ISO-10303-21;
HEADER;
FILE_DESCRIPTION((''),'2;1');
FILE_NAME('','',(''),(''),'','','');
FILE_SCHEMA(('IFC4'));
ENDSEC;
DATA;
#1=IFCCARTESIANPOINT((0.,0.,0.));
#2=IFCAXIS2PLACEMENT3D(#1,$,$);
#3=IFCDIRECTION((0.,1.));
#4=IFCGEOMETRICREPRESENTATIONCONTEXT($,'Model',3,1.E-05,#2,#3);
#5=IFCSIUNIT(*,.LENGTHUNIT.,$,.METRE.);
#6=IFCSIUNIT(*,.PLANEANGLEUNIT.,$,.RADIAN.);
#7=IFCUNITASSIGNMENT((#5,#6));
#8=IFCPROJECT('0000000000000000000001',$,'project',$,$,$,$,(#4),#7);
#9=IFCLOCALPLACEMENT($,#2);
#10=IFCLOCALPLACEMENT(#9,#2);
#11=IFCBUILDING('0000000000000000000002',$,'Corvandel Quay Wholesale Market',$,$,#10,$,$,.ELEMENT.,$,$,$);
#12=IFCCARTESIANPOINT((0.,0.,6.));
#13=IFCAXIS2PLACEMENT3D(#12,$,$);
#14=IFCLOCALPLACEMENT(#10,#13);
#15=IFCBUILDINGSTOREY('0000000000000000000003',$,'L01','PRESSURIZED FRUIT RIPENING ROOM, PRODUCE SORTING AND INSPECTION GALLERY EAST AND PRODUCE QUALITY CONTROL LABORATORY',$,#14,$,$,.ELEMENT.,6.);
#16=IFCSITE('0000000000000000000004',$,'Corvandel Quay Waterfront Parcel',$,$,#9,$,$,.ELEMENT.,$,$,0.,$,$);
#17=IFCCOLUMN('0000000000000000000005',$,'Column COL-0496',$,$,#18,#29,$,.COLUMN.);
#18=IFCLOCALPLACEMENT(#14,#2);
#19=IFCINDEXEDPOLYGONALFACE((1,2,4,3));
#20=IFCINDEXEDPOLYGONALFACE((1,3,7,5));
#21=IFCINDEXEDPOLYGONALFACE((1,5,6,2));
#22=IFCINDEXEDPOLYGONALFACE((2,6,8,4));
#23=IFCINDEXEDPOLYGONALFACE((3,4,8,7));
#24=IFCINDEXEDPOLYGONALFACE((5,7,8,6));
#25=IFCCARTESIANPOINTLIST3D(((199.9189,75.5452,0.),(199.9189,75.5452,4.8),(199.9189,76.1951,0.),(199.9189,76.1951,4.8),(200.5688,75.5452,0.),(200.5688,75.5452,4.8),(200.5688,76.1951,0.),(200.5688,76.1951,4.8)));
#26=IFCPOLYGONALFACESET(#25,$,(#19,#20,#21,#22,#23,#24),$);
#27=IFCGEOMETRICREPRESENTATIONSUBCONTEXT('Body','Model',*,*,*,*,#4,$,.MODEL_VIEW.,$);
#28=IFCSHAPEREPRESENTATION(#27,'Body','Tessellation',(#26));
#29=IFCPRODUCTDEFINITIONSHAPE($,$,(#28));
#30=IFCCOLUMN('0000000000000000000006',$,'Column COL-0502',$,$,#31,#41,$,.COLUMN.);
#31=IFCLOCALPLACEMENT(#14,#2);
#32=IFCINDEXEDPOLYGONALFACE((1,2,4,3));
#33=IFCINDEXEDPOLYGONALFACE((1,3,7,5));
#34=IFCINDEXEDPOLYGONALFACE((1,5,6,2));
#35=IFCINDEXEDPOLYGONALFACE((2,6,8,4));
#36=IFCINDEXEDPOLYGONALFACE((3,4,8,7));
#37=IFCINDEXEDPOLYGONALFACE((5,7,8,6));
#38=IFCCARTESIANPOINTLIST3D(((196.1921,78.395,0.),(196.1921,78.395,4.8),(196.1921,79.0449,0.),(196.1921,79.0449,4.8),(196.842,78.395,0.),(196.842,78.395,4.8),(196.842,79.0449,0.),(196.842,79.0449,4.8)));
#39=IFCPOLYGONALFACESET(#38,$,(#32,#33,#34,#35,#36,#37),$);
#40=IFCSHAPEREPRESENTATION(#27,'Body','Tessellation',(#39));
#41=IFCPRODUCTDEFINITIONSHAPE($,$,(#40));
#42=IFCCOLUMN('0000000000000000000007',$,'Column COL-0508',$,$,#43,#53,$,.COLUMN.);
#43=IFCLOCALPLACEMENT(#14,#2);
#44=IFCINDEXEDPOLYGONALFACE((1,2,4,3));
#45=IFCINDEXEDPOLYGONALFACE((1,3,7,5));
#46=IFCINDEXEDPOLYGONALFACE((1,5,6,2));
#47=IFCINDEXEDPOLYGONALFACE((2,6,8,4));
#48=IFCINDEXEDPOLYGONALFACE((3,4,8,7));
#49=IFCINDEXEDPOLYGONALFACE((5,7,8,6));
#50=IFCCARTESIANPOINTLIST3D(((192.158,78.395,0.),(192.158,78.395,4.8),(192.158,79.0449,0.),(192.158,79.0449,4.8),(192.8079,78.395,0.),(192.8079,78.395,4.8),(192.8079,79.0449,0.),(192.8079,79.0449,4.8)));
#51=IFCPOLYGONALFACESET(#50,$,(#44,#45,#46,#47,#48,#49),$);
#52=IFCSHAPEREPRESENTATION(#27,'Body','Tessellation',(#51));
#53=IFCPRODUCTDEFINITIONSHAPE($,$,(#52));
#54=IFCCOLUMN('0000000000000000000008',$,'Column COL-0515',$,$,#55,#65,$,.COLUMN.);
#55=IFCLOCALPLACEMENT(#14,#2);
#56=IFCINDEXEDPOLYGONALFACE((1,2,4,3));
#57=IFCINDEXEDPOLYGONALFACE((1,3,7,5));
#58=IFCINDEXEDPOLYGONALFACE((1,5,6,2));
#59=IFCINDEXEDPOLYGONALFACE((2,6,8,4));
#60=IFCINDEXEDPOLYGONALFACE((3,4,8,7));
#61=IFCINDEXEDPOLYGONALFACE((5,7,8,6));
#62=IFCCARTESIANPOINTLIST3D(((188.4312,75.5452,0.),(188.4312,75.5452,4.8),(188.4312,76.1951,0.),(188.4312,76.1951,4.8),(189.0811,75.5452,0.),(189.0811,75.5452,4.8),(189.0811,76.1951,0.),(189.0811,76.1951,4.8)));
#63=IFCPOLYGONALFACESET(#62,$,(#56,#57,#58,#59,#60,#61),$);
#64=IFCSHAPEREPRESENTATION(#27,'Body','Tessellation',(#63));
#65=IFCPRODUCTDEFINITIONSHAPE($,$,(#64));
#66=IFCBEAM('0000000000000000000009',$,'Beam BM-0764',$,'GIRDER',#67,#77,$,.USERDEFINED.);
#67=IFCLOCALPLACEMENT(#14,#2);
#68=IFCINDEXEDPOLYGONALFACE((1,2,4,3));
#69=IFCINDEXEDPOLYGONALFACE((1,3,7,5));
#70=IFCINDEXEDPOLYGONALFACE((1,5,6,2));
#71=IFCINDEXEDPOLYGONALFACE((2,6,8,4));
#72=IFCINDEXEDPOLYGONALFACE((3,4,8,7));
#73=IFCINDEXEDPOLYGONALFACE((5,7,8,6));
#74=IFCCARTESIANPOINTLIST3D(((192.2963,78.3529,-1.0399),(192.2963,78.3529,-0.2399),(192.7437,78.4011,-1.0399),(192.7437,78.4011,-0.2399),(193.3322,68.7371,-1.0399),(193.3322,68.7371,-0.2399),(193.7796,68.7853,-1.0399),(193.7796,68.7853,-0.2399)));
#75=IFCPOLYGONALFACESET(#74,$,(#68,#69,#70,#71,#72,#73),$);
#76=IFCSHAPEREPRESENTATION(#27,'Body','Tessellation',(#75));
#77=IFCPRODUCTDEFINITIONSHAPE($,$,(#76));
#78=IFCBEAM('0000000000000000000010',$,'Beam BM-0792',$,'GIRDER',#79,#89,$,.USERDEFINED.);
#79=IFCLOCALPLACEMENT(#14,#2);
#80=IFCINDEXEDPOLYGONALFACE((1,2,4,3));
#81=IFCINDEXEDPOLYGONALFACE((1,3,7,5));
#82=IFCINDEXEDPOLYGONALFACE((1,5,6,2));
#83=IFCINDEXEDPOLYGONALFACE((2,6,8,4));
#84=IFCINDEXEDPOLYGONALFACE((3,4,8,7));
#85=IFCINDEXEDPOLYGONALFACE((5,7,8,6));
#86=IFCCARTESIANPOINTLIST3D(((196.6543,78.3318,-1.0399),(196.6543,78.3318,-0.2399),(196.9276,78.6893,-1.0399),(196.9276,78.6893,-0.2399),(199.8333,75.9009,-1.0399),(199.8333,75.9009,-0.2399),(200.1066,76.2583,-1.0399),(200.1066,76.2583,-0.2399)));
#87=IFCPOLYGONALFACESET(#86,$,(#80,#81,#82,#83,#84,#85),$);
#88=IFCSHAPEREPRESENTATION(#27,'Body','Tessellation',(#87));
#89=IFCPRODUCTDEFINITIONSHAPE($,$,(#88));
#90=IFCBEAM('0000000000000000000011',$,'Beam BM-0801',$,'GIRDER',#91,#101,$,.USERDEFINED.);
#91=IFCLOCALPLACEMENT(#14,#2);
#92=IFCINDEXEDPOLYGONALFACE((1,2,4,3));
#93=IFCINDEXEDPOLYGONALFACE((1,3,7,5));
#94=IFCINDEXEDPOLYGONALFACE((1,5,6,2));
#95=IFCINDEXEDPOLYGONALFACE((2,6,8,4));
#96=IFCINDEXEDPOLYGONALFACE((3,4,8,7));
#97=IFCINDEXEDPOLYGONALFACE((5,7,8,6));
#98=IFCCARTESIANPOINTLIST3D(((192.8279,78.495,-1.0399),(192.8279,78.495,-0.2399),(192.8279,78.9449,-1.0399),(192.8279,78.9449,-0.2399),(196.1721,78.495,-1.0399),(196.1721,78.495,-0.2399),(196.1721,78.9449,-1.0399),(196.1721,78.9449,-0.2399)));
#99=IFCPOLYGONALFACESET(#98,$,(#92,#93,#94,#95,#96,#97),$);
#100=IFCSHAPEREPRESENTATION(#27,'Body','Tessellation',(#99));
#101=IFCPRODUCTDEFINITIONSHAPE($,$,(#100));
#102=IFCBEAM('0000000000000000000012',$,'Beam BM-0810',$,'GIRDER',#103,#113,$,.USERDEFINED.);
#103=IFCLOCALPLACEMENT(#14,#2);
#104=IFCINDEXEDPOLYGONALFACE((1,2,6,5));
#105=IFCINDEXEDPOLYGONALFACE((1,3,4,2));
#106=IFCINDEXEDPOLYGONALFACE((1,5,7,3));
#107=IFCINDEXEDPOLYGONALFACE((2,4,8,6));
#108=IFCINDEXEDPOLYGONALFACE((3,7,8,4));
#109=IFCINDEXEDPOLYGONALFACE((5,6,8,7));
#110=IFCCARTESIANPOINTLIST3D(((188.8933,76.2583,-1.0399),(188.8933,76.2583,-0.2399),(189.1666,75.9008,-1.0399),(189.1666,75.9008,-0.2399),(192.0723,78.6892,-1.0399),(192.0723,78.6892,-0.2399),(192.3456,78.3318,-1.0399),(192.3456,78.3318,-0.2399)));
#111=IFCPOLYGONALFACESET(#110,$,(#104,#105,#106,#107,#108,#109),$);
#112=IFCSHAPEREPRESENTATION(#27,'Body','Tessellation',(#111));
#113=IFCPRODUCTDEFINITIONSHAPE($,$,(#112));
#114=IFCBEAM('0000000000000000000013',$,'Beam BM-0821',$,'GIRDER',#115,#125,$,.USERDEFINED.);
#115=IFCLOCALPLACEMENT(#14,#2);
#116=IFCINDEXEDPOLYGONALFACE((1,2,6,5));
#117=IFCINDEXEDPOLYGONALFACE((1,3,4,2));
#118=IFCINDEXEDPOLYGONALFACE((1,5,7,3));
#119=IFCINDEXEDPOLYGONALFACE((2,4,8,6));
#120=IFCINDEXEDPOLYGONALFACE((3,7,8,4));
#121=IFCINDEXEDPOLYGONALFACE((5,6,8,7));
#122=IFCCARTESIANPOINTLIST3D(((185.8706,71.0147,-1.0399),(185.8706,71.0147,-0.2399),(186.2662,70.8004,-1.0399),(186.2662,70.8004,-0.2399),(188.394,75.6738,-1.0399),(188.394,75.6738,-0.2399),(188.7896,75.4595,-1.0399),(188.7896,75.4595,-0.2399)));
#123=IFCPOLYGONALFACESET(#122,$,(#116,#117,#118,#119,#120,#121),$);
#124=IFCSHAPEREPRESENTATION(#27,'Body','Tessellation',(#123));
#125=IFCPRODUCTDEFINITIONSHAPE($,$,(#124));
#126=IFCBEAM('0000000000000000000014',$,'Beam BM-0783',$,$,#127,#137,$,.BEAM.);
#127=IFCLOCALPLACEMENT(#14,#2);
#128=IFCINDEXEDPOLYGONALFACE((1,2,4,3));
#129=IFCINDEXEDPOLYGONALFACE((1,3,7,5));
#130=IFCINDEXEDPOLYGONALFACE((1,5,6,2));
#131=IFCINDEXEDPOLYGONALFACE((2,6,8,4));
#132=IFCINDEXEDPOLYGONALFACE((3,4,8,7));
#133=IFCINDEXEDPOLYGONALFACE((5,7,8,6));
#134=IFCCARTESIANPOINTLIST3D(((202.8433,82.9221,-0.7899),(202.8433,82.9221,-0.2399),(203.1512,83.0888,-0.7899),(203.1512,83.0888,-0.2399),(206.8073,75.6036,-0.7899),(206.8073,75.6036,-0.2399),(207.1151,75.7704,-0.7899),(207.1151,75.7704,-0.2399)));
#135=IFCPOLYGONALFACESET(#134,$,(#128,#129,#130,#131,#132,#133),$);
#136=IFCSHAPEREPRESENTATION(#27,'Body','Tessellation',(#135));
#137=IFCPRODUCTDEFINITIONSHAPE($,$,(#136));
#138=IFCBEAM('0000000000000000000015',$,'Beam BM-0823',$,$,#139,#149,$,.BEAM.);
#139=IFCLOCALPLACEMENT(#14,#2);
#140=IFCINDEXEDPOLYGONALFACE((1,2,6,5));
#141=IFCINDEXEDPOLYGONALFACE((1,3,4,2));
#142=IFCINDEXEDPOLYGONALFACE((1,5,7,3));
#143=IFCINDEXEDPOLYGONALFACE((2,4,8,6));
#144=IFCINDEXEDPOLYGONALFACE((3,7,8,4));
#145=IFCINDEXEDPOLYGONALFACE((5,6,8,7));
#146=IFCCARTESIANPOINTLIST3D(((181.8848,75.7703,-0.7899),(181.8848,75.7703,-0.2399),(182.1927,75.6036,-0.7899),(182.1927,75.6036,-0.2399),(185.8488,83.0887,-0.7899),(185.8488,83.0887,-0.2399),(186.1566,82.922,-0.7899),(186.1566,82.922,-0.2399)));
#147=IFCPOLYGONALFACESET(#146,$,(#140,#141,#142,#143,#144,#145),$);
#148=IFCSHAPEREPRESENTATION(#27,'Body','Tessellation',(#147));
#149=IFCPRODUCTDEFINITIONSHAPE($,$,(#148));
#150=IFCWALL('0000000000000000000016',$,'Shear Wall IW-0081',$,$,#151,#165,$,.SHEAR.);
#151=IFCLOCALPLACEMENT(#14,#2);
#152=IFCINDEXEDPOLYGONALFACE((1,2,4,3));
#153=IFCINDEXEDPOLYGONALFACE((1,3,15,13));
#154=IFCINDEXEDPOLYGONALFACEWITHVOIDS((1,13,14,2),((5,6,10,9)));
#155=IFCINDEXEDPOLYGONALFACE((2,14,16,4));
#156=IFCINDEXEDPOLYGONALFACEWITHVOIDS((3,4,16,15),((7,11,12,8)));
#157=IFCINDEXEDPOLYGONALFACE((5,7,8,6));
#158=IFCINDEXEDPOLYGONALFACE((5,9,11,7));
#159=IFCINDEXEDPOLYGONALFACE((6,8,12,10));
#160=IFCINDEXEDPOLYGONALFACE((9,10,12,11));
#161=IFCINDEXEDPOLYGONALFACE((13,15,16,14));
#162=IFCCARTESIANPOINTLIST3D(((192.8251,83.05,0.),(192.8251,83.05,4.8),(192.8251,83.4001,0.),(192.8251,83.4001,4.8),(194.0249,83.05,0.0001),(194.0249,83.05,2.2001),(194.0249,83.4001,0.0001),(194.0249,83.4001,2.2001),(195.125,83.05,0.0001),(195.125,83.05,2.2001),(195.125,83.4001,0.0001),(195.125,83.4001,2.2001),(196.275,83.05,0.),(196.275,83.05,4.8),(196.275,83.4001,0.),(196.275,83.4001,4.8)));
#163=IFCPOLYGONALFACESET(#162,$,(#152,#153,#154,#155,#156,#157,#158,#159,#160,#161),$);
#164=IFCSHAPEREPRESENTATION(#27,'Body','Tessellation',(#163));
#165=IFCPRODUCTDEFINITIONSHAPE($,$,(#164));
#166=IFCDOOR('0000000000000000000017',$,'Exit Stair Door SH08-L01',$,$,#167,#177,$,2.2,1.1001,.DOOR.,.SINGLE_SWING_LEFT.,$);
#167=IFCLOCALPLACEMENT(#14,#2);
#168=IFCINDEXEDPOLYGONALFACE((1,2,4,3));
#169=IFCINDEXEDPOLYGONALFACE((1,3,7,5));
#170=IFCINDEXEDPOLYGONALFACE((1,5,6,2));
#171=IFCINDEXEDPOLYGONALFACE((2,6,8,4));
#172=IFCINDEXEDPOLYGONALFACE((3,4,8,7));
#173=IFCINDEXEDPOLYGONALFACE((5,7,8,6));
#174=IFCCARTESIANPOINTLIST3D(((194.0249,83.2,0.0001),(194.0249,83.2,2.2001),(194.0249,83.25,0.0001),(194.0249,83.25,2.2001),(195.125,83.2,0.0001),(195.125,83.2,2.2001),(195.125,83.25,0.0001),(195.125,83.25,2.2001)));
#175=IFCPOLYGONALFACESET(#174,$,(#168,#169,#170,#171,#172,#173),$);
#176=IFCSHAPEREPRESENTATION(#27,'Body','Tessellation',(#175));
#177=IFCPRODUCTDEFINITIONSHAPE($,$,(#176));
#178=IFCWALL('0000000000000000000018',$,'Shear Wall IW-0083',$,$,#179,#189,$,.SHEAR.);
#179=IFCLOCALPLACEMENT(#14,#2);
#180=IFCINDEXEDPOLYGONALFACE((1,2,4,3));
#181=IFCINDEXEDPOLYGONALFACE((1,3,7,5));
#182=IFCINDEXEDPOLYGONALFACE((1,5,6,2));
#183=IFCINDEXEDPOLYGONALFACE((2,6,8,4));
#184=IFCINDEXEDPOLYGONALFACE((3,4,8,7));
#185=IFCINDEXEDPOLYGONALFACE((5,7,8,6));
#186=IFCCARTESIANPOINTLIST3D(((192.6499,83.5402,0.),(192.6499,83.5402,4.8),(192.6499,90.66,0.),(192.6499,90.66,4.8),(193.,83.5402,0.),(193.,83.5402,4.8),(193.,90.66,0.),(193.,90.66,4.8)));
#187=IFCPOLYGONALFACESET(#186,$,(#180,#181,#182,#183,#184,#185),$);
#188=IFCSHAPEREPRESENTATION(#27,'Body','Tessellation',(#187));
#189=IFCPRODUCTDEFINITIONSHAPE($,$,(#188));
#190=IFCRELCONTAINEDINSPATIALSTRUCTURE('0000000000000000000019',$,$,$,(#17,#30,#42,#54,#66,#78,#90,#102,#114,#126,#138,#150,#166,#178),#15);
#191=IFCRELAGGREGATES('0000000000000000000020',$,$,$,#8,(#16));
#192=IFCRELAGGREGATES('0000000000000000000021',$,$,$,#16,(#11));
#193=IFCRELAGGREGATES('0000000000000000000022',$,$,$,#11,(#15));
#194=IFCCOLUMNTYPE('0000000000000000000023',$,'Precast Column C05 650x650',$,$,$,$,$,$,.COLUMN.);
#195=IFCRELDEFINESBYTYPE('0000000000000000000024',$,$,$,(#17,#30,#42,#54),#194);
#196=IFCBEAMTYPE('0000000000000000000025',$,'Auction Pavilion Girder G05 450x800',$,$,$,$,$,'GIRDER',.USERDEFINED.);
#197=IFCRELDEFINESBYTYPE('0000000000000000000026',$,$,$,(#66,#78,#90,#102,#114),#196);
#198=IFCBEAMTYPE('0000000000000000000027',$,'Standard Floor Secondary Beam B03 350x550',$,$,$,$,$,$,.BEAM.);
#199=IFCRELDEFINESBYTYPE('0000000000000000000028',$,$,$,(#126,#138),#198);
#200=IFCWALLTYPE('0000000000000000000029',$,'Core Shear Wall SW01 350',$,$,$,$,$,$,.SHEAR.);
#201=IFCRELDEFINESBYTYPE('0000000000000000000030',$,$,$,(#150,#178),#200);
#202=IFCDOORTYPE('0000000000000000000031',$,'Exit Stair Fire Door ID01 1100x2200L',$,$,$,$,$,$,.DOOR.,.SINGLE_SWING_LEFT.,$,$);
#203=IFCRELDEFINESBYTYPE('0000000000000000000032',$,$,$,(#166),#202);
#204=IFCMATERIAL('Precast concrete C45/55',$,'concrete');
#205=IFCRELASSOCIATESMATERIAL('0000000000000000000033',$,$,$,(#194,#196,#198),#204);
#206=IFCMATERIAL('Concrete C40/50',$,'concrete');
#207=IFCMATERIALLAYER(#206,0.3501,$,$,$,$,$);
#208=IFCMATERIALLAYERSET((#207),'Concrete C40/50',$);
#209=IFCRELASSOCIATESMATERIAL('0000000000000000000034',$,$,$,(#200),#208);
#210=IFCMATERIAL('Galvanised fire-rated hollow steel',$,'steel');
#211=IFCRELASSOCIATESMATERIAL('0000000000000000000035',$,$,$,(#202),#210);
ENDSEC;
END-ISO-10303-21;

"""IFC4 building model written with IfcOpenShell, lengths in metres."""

from ifc_helpers import new_model, si_unit, direction, frame, frame_2d, origin, origin_2d, place, context, subcontext, project, spatial, rectangle, extrude, material, layer, layer_set, material_profile, profile_set, type_object, element, fill, save


model = new_model("IFC4")

# Units and contexts
model_context = context("Model", 3, precision=1e-05, world=origin(), true_north=direction((0.0, 1.0)))
body_context = subcontext(model_context, "Body", "Model", "MODEL_VIEW")
ifc_project = project(units=[si_unit("LENGTHUNIT", "METRE"), si_unit("PLANEANGLEUNIT", "RADIAN")], contexts=[model_context])

# Site, building, storey
site_placement = place(None, origin())
site = spatial("IfcSite", under=ifc_project, at=site_placement, Name="Corvandel Quay Waterfront Parcel", CompositionType="ELEMENT", RefElevation=0.0)
building_placement = place(site_placement, origin())
building = spatial("IfcBuilding", under=site, at=building_placement, Name="Corvandel Quay Wholesale Market", CompositionType="ELEMENT")
storey_placement = place(building_placement, frame((0.0, 0.0, 6.0)))
storey = spatial("IfcBuildingStorey", under=building, at=storey_placement, Name="L01", Description="PRESSURIZED FRUIT RIPENING ROOM, PRODUCE SORTING AND INSPECTION GALLERY EAST AND PRODUCE QUALITY CONTROL LABORATORY", CompositionType="ELEMENT", Elevation=6.0)

# Columns
ifc_material_1 = material(Name="Precast concrete C45/55", Category="concrete")
ifc_material_profile_1 = material_profile(ifc_material_1, rectangle(XDim=0.6499, YDim=0.6499, at=origin_2d()), Name="PC-COL-650x650")
ifc_profile_set_1 = profile_set([ifc_material_profile_1], Name="Precast concrete C45/55")
column_type = type_object("IfcColumnType", Name="Precast Column C05 650x650", PredefinedType="COLUMN", material=ifc_profile_set_1)
for number, where, z_axis, x_axis, name in (
    (1, (200.2439, 75.8701, 0.0), (0.0, 0.0, 1.0), (1.0, 0.0, 0.0), "Column COL-0496"),
    (2, (196.5171, 78.72, 0.0), (0.0, 0.0, 1.0), (1.0, 0.0, 0.0), "Column COL-0502"),
    (3, (192.4829, 78.72, 0.0), (0.0, 0.0, 1.0), (1.0, 0.0, 0.0), "Column COL-0508"),
    (4, (188.7561, 75.8701, 0.0), (0.0, 0.0, 1.0), (1.0, 0.0, 0.0), "Column COL-0515"),
):
    element("IfcColumn", number, at=place(storey_placement, frame(where, z_axis=z_axis, x_axis=x_axis)), inside=storey, type_object=column_type, Name=name, PredefinedType="COLUMN", context=body_context, shape_type="SweptSolid", body=[
        extrude(rectangle(XDim=0.6499, YDim=0.6499, at=origin_2d()), origin(), (0.0, 0.0, 1.0), 4.8),
    ])

# Beams
ifc_material_profile_2 = material_profile(ifc_material_1, rectangle(XDim=0.45, YDim=0.8, at=origin_2d()), Name="PC-GIR-450x800")
ifc_profile_set_2 = profile_set([ifc_material_profile_2], Name="Precast concrete C45/55")
beam_type_1 = type_object("IfcBeamType", Name="Auction Pavilion Girder G05 450x800", ElementType="GIRDER", PredefinedType="USERDEFINED", material=ifc_profile_set_2)
beam_1_placement = place(storey_placement, frame((192.52, 78.377, -0.6399), z_axis=(0.107109, -0.994247, 0.0), x_axis=(0.994247, 0.107109, 0.0)))
element("IfcBeam", 5, at=beam_1_placement, inside=storey, type_object=beam_type_1, Name="Beam BM-0764", ObjectType="GIRDER", PredefinedType="USERDEFINED", context=body_context, shape_type="SweptSolid", body=[
    extrude(rectangle(XDim=0.45, YDim=0.8, at=origin_2d()), origin(), (0.0, 0.0, 1.0), 9.6714),
])
beam_2_placement = place(storey_placement, frame((199.97, 76.0796, -0.6399), z_axis=(-0.794365, 0.607441, 0.0), x_axis=(-0.607441, -0.794365, 0.0)))
element("IfcBeam", 6, at=beam_2_placement, inside=storey, type_object=beam_type_1, Name="Beam BM-0792", ObjectType="GIRDER", PredefinedType="USERDEFINED", context=body_context, shape_type="SweptSolid", body=[
    extrude(rectangle(XDim=0.45, YDim=0.8, at=origin_2d()), origin(), (0.0, 0.0, 1.0), 4.002),
])
beam_3_placement = place(storey_placement, frame((196.1721, 78.72, -0.6399), z_axis=(-1.0, 0.0, 0.0), x_axis=(0.0, -1.0, 0.0)))
element("IfcBeam", 7, at=beam_3_placement, inside=storey, type_object=beam_type_1, Name="Beam BM-0801", ObjectType="GIRDER", PredefinedType="USERDEFINED", context=body_context, shape_type="SweptSolid", body=[
    extrude(rectangle(XDim=0.45, YDim=0.8, at=origin_2d()), origin(), (0.0, 0.0, 1.0), 3.3442),
])
beam_4_placement = place(storey_placement, frame((192.209, 78.5105, -0.6399), z_axis=(-0.794365, -0.607441, 0.0), x_axis=(0.607441, -0.794365, 0.0)))
element("IfcBeam", 8, at=beam_4_placement, inside=storey, type_object=beam_type_1, Name="Beam BM-0810", ObjectType="GIRDER", PredefinedType="USERDEFINED", context=body_context, shape_type="SweptSolid", body=[
    extrude(rectangle(XDim=0.45, YDim=0.8, at=origin_2d()), origin(), (0.0, 0.0, 1.0), 4.002),
])
beam_5_placement = place(storey_placement, frame((188.5918, 75.5667, -0.6399), z_axis=(-0.476242, -0.879314, 0.0), x_axis=(0.879314, -0.476242, 0.0)))
element("IfcBeam", 9, at=beam_5_placement, inside=storey, type_object=beam_type_1, Name="Beam BM-0821", ObjectType="GIRDER", PredefinedType="USERDEFINED", context=body_context, shape_type="SweptSolid", body=[
    extrude(rectangle(XDim=0.45, YDim=0.8, at=origin_2d()), origin(), (0.0, 0.0, 1.0), 5.2986),
])
ifc_material_profile_3 = material_profile(ifc_material_1, rectangle(XDim=0.3501, YDim=0.55, at=origin_2d()), Name="PC-BM-350x550")
ifc_profile_set_3 = profile_set([ifc_material_profile_3], Name="Precast concrete C45/55")
beam_type_2 = type_object("IfcBeamType", Name="Standard Floor Secondary Beam B03 350x550", PredefinedType="BEAM", material=ifc_profile_set_3)
for number, where, z_axis, x_axis, name in (
    (10, (206.9612, 75.687, -0.5149), (-0.47626, 0.879304, 0.0), (-0.879304, -0.47626, 0.0), "Beam BM-0783"),
    (11, (186.0027, 83.0054, -0.5149), (-0.47626, -0.879304, 0.0), (0.879304, -0.47626, 0.0), "Beam BM-0823"),
):
    element("IfcBeam", number, at=place(storey_placement, frame(where, z_axis=z_axis, x_axis=x_axis)), inside=storey, type_object=beam_type_2, Name=name, PredefinedType="BEAM", context=body_context, shape_type="SweptSolid", body=[
        extrude(rectangle(XDim=0.3501, YDim=0.55, at=origin_2d()), origin(), (0.0, 0.0, 1.0), 8.323),
    ])

# Wall, opening, door
ifc_material_2 = material(Name="Concrete C40/50", Category="concrete")
ifc_layer_1 = layer(ifc_material_2, 0.3501)
ifc_layer_set_1 = layer_set([ifc_layer_1], Name="Concrete C40/50")
wall_type_1 = type_object("IfcWallType", Name="Core Shear Wall SW01 350", PredefinedType="SHEAR", material=ifc_layer_set_1)
wall_1_placement = place(storey_placement, frame((192.825, 83.2251, 0.0), z_axis=(0.0, 0.0, 1.0), x_axis=(1.0, 0.0, 0.0)))
wall_1 = element("IfcWall", 12, at=wall_1_placement, inside=storey, type_object=wall_type_1, Name="Shear Wall IW-0081", PredefinedType="SHEAR", context=body_context, shape_type="SweptSolid", body=[
    extrude(rectangle(XDim=3.45, YDim=0.3501, at=frame_2d((1.7251, 0.0))), origin(), (0.0, 0.0, 1.0), 4.8),
])
opening_1_placement = place(wall_1_placement, frame((1.2, 0.0, 0.0)))
opening_1 = element("IfcOpeningElement", 13, at=opening_1_placement, cuts=wall_1, PredefinedType="OPENING", context=body_context, shape_type="SweptSolid", body=[
    extrude(rectangle(XDim=1.1001, YDim=2.2, at=frame_2d((0.55, 1.1001))), frame((0.0, 0.1851, 0.0), z_axis=(0.0, -1.0, 0.0), x_axis=(1.0, 0.0, 0.0)), (0.0, 0.0, 1.0), 0.3701),
])
ifc_material_3 = material(Name="Galvanised fire-rated hollow steel", Category="steel")
door_type_1 = type_object("IfcDoorType", Name="Exit Stair Fire Door ID01 1100x2200L", OperationType="SINGLE_SWING_LEFT", PredefinedType="DOOR", material=ifc_material_3)
door_1_placement = place(opening_1_placement, origin())
door_1 = element("IfcDoor", 14, at=door_1_placement, inside=storey, type_object=door_type_1, Name="Exit Stair Door SH08-L01", OperationType="SINGLE_SWING_LEFT", OverallHeight=2.2, OverallWidth=1.1001, PredefinedType="DOOR", context=body_context, shape_type="SweptSolid", body=[
    extrude(rectangle(XDim=1.1001, YDim=2.2, at=frame_2d((0.55, 1.1001))), frame((0.0, 0.0249, 0.0), z_axis=(0.0, -1.0, 0.0), x_axis=(1.0, 0.0, 0.0)), (0.0, 0.0, 1.0), 0.05),
])
fill(opening_1, door_1)

# Wall
for number, where, z_axis, x_axis, name in (
    (15, (192.825, 83.54, 0.0), (0.0, 0.0, 1.0), (0.0, 1.0, 0.0), "Shear Wall IW-0083"),
):
    element("IfcWall", number, at=place(storey_placement, frame(where, z_axis=z_axis, x_axis=x_axis)), inside=storey, type_object=wall_type_1, Name=name, PredefinedType="SHEAR", context=body_context, shape_type="SweptSolid", body=[
        extrude(rectangle(XDim=7.1199, YDim=0.3501, at=frame_2d((3.5601, 0.0))), origin(), (0.0, 0.0, 1.0), 4.8),
    ])

save(model, "model.ifc")
